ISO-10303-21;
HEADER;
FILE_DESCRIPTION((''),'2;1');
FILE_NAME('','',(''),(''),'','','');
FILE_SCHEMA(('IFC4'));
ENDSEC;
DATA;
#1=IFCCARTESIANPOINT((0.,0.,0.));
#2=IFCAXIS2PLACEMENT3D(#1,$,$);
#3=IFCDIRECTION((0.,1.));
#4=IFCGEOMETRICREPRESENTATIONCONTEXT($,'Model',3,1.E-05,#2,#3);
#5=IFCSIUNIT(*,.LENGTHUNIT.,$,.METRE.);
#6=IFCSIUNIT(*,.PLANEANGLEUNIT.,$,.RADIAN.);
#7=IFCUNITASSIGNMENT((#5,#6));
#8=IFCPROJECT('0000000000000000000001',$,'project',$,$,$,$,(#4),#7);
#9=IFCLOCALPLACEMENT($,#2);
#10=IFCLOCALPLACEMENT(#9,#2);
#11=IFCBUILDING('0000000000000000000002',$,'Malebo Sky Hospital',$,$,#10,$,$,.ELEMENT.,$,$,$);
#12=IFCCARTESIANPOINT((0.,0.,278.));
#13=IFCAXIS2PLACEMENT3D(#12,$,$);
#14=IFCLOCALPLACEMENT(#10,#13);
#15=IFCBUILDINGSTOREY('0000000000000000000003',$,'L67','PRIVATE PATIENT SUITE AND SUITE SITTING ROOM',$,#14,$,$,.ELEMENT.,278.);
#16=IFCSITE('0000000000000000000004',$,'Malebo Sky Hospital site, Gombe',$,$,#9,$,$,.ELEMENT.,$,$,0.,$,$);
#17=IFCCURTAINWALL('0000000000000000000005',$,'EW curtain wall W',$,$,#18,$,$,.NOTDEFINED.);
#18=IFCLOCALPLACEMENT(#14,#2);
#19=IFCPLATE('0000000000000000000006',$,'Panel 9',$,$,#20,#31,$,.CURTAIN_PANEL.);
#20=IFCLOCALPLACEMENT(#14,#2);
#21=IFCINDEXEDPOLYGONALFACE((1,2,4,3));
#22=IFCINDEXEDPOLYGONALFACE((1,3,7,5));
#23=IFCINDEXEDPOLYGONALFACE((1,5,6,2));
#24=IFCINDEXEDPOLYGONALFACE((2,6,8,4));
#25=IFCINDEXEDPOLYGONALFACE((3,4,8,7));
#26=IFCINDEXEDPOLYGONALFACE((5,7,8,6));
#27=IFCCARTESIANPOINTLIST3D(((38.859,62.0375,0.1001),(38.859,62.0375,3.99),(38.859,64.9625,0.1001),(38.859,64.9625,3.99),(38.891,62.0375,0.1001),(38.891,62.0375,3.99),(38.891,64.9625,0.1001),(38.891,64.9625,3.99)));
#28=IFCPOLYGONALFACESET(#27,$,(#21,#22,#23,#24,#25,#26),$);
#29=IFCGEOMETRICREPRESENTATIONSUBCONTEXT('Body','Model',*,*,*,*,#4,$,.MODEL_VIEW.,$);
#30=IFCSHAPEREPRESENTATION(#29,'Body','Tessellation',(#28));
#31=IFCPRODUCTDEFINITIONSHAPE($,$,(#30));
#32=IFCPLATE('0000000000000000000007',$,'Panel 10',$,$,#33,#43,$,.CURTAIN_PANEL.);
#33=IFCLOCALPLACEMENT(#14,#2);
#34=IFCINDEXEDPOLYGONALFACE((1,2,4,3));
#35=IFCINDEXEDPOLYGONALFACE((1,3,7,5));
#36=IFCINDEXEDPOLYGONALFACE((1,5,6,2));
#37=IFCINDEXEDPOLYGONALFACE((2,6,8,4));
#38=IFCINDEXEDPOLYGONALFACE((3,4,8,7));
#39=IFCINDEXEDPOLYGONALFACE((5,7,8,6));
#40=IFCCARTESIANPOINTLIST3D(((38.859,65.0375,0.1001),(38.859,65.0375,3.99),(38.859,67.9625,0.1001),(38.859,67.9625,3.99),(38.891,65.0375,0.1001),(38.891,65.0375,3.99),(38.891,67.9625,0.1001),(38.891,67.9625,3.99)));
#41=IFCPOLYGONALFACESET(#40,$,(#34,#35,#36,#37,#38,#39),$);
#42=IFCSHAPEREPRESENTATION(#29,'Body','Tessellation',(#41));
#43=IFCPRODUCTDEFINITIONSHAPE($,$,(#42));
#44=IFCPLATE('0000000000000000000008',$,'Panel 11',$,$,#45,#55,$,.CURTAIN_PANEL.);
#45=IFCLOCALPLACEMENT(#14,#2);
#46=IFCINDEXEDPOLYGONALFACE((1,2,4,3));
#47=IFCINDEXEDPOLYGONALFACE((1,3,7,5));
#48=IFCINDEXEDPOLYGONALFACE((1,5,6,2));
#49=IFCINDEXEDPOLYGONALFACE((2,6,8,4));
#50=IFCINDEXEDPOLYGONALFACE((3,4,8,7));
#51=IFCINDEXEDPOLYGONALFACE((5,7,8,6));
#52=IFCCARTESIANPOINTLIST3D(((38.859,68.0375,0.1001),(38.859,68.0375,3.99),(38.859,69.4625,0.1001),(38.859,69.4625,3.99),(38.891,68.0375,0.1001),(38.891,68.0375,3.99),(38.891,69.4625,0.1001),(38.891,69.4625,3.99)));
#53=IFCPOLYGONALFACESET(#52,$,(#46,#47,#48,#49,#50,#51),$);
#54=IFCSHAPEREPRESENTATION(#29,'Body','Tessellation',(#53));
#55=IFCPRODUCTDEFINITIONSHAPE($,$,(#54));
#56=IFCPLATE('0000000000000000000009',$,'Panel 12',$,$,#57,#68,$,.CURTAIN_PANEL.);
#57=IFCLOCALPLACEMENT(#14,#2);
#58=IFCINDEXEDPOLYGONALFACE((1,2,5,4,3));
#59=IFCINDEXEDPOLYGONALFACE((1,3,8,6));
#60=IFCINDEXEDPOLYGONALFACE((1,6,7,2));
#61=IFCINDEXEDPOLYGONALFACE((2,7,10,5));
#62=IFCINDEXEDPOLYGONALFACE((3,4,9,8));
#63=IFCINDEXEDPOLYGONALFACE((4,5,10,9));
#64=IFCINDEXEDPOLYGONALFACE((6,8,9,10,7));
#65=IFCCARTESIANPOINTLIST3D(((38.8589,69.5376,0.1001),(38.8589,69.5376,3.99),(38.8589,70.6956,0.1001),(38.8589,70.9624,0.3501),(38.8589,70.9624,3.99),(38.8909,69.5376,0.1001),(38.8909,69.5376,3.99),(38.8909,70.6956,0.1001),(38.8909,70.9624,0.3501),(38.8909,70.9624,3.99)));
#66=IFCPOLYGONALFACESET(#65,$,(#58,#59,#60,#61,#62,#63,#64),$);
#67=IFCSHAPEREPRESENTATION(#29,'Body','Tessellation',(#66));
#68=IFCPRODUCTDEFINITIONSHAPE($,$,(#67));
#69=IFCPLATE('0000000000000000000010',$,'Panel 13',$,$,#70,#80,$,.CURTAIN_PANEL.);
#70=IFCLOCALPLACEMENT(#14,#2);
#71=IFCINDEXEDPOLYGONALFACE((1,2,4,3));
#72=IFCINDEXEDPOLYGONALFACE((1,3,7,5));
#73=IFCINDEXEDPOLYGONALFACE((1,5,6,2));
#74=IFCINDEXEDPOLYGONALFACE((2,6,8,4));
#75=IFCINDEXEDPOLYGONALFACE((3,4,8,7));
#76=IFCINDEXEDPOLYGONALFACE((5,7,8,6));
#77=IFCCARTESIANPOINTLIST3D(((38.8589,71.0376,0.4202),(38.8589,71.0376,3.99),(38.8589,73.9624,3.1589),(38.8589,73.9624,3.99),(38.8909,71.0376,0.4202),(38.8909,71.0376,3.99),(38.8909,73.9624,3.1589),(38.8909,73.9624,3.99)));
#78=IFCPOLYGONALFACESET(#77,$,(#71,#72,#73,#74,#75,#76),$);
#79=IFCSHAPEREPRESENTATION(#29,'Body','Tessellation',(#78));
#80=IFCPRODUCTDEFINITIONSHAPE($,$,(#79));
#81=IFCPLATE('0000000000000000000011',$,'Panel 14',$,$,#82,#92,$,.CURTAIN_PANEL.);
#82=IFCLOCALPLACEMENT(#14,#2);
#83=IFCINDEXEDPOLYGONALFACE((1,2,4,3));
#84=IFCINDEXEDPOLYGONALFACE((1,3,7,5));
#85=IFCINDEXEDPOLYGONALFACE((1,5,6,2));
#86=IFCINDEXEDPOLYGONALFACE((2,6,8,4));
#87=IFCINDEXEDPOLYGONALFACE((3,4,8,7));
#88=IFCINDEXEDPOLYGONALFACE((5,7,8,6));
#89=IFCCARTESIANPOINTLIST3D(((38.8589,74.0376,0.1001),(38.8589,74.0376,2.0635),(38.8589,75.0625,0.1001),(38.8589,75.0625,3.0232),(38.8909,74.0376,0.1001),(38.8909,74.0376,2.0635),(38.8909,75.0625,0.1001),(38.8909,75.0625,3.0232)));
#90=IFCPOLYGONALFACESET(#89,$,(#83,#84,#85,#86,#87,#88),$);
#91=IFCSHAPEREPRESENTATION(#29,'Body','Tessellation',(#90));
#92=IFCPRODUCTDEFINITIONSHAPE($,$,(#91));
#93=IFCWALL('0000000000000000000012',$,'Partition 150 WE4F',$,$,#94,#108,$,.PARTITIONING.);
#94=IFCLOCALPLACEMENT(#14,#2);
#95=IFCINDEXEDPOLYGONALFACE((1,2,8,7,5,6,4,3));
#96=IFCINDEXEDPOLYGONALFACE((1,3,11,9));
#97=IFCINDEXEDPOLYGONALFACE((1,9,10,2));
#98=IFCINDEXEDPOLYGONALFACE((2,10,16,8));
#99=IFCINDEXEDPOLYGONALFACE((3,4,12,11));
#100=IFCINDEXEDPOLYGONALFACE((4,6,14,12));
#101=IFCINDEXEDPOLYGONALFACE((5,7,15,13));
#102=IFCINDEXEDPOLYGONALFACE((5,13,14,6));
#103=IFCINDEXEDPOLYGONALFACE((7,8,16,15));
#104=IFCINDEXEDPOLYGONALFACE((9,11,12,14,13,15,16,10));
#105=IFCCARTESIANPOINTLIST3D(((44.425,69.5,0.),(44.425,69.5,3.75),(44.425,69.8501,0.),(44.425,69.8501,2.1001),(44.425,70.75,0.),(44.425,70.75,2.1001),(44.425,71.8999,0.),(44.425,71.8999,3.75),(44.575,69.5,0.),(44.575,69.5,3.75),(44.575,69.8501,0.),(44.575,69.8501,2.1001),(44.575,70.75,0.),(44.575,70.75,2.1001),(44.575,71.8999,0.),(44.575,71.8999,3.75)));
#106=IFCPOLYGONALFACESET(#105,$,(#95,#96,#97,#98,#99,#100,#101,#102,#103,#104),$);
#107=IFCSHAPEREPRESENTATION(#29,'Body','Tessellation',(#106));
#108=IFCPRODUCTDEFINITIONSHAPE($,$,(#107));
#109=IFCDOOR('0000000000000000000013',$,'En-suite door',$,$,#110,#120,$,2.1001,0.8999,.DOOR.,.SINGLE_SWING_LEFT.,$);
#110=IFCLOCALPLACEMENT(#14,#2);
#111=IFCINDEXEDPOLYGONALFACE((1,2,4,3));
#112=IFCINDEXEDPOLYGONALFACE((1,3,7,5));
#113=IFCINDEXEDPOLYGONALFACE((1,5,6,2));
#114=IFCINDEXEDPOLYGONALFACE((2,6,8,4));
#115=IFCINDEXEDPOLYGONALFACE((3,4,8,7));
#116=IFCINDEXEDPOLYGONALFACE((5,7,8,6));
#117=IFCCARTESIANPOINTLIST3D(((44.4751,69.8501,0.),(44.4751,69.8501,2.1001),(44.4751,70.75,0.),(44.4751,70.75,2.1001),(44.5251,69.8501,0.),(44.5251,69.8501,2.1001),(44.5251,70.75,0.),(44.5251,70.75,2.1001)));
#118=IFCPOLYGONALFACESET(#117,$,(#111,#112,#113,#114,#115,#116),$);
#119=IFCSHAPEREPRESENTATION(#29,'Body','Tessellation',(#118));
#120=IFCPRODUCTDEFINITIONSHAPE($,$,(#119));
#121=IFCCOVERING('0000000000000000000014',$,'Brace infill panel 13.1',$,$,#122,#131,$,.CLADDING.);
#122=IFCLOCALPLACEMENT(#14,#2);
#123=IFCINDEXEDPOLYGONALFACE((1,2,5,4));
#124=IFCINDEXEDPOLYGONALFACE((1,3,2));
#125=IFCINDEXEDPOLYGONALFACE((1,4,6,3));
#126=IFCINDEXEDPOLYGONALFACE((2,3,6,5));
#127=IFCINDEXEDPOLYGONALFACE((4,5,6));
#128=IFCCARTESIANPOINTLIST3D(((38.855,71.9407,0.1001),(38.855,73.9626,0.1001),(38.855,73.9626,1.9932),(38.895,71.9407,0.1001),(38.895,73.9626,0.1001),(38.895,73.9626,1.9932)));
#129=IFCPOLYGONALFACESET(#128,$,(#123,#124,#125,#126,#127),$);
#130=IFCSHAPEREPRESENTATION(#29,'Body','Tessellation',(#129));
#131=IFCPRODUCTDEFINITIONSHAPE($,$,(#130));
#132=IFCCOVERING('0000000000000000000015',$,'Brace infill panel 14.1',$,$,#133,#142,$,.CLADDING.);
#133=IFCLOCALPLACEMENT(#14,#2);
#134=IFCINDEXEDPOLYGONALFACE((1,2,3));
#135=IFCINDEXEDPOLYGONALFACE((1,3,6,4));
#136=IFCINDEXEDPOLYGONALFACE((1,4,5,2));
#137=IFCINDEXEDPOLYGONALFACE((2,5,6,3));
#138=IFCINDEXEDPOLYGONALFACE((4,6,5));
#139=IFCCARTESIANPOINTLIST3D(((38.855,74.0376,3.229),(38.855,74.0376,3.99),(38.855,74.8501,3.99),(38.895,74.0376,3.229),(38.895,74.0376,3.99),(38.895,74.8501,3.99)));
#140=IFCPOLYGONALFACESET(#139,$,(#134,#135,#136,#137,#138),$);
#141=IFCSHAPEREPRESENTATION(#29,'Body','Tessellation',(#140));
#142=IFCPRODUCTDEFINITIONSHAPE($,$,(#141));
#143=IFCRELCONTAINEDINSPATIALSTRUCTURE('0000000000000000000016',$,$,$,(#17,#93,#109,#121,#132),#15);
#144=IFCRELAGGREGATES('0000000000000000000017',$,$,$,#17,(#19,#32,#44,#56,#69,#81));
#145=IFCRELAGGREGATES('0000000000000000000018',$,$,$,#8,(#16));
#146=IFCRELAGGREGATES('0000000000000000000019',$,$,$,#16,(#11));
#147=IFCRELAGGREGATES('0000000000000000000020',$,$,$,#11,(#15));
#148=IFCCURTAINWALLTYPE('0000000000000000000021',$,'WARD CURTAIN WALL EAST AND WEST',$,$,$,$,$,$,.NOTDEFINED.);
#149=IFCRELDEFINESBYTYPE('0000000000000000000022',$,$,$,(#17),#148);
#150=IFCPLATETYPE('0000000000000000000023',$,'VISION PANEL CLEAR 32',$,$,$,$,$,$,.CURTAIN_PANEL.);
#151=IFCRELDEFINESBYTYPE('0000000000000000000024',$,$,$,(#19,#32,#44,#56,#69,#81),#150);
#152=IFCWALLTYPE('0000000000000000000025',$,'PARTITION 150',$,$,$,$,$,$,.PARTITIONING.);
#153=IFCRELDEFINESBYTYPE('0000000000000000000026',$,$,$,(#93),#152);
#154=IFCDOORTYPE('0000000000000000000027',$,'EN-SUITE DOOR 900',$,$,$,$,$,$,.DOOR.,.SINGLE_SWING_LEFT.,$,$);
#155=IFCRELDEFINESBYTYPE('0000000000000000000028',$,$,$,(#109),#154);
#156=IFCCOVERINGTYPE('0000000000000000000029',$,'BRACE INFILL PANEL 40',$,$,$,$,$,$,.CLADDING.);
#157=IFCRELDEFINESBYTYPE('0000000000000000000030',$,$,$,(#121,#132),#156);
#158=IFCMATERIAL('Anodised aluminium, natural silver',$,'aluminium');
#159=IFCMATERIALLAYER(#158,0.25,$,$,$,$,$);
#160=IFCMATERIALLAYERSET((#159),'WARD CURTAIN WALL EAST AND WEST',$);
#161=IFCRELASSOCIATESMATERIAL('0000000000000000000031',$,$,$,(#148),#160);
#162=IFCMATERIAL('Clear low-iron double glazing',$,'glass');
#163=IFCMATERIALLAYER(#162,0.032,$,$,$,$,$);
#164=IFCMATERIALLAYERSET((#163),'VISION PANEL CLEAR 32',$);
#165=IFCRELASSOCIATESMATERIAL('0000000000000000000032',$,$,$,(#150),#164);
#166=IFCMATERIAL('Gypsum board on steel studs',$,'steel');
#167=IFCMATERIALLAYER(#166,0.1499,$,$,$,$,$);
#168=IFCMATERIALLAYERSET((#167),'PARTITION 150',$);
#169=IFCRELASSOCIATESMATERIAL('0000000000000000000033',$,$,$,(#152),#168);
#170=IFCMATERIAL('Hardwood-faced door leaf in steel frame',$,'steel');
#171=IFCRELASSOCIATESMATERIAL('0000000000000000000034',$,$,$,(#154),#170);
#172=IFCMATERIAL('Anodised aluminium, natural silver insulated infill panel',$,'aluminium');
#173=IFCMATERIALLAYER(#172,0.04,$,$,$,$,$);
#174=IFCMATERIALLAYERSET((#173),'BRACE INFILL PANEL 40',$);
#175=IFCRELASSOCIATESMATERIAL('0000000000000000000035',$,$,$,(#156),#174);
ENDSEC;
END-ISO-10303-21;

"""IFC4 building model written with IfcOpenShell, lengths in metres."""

from ifc_helpers import new_model, si_unit, direction, frame, frame_2d, origin, origin_2d, place, context, subcontext, project, spatial, polyline, rectangle, outline, extrude, material, layer, layer_set, type_object, element, fill, aggregate, save


model = new_model("IFC4")

# Units and contexts
model_context = context("Model", 3, precision=1e-05, world=origin(), true_north=direction((0.0, 1.0)))
body_context = subcontext(model_context, "Body", "Model", "MODEL_VIEW")
ifc_project = project(units=[si_unit("LENGTHUNIT", "METRE"), si_unit("PLANEANGLEUNIT", "RADIAN")], contexts=[model_context])

# Site, building, storey
site_placement = place(None, origin())
site = spatial("IfcSite", under=ifc_project, at=site_placement, Name="Malebo Sky Hospital site, Gombe", CompositionType="ELEMENT", RefElevation=0.0)
building_placement = place(site_placement, origin())
building = spatial("IfcBuilding", under=site, at=building_placement, Name="Malebo Sky Hospital", CompositionType="ELEMENT")
storey_placement = place(building_placement, frame((0.0, 0.0, 278.0)))
storey = spatial("IfcBuildingStorey", under=building, at=storey_placement, Name="L67", Description="PRIVATE PATIENT SUITE AND SUITE SITTING ROOM", CompositionType="ELEMENT", Elevation=278.0)

# Curtain wall
ifc_material_1 = material(Name="Anodised aluminium, natural silver", Category="aluminium")
ifc_layer_1 = layer(ifc_material_1, 0.25)
ifc_layer_set_1 = layer_set([ifc_layer_1], Name="WARD CURTAIN WALL EAST AND WEST")
curtain_wall_type = type_object("IfcCurtainWallType", Name="WARD CURTAIN WALL EAST AND WEST", PredefinedType="NOTDEFINED", material=ifc_layer_set_1)
curtain_wall_placement = place(storey_placement, origin())
curtain_wall = element("IfcCurtainWall", 1, at=curtain_wall_placement, inside=storey, type_object=curtain_wall_type, Name="EW curtain wall W", PredefinedType="NOTDEFINED")

# Plates
ifc_material_2 = material(Name="Clear low-iron double glazing", Category="glass")
ifc_layer_2 = layer(ifc_material_2, 0.032)
ifc_layer_set_2 = layer_set([ifc_layer_2], Name="VISION PANEL CLEAR 32")
plate_type = type_object("IfcPlateType", Name="VISION PANEL CLEAR 32", PredefinedType="CURTAIN_PANEL", material=ifc_layer_set_2)
plate_1_placement = place(storey_placement, frame((38.875, 63.5, 0.1001), z_axis=(0.0, 0.0, 1.0), x_axis=(0.0, 1.0, 0.0)))
plate_1 = element("IfcPlate", 2, at=plate_1_placement, type_object=plate_type, Name="Panel 9", PredefinedType="CURTAIN_PANEL", context=body_context, shape_type="SweptSolid", body=[
    extrude(rectangle(XDim=2.925, YDim=0.032, at=origin_2d()), origin(), (0.0, 0.0, 1.0), 3.8899),
])
plate_2_placement = place(storey_placement, frame((38.875, 66.5, 0.1001), z_axis=(0.0, 0.0, 1.0), x_axis=(0.0, 1.0, 0.0)))
plate_2 = element("IfcPlate", 3, at=plate_2_placement, type_object=plate_type, Name="Panel 10", PredefinedType="CURTAIN_PANEL", context=body_context, shape_type="SweptSolid", body=[
    extrude(rectangle(XDim=2.925, YDim=0.032, at=origin_2d()), origin(), (0.0, 0.0, 1.0), 3.8899),
])
plate_3_placement = place(storey_placement, frame((38.875, 68.75, 0.1001), z_axis=(0.0, 0.0, 1.0), x_axis=(0.0, 1.0, 0.0)))
plate_3 = element("IfcPlate", 4, at=plate_3_placement, type_object=plate_type, Name="Panel 11", PredefinedType="CURTAIN_PANEL", context=body_context, shape_type="SweptSolid", body=[
    extrude(rectangle(XDim=1.425, YDim=0.032, at=origin_2d()), origin(), (0.0, 0.0, 1.0), 3.8899),
])
plate_4_placement = place(storey_placement, frame((38.875, 70.25, 0.1001), z_axis=(0.0, 0.0, 1.0), x_axis=(0.0, 1.0, 0.0)))
plate_4 = element("IfcPlate", 5, at=plate_4_placement, type_object=plate_type, Name="Panel 12", PredefinedType="CURTAIN_PANEL", context=body_context, shape_type="SweptSolid", body=[
    extrude(outline(polyline([(-0.7124, 0.0), (0.4456, 0.0), (0.7124, 0.25), (0.7124, 3.8899), (-0.7124, 3.8899), (-0.7124, 0.0)])), frame((0.0, 0.0161, 0.0), z_axis=(0.0, -1.0, 0.0), x_axis=(1.0, 0.0, 0.0)), (0.0, 0.0, 1.0), 0.032),
])
plate_5_placement = place(storey_placement, frame((38.875, 72.5, 0.4202), z_axis=(0.0, 0.0, 1.0), x_axis=(0.0, 1.0, 0.0)))
plate_5 = element("IfcPlate", 6, at=plate_5_placement, type_object=plate_type, Name="Panel 13", PredefinedType="CURTAIN_PANEL", context=body_context, shape_type="SweptSolid", body=[
    extrude(outline(polyline([(-1.4624, 0.0), (1.4624, 2.7388), (1.4624, 3.5698), (-1.4624, 3.5698), (-1.4624, 0.0)])), frame((0.0, 0.0161, 0.0), z_axis=(0.0, -1.0, 0.0), x_axis=(1.0, 0.0, 0.0)), (0.0, 0.0, 1.0), 0.032),
])
plate_6_placement = place(storey_placement, frame((38.875, 74.55, 0.1001), z_axis=(0.0, 0.0, 1.0), x_axis=(0.0, 1.0, 0.0)))
plate_6 = element("IfcPlate", 7, at=plate_6_placement, type_object=plate_type, Name="Panel 14", PredefinedType="CURTAIN_PANEL", context=body_context, shape_type="SweptSolid", body=[
    extrude(outline(polyline([(-0.5125, 0.0), (0.5125, 0.0), (0.5125, 2.9231), (-0.5125, 1.9634), (-0.5125, 0.0)])), frame((0.0, 0.0161, 0.0), z_axis=(0.0, -1.0, 0.0), x_axis=(1.0, 0.0, 0.0)), (0.0, 0.0, 1.0), 0.032),
])
aggregate(curtain_wall, [plate_1, plate_2, plate_3, plate_4, plate_5, plate_6])

# Wall, opening, door
ifc_material_3 = material(Name="Gypsum board on steel studs", Category="steel")
ifc_layer_3 = layer(ifc_material_3, 0.1499)
ifc_layer_set_3 = layer_set([ifc_layer_3], Name="PARTITION 150")
wall_type = type_object("IfcWallType", Name="PARTITION 150", PredefinedType="PARTITIONING", material=ifc_layer_set_3)
wall_placement = place(storey_placement, frame((44.5, 69.5, 0.0), z_axis=(0.0, 0.0, 1.0), x_axis=(0.0, 1.0, 0.0)))
wall = element("IfcWall", 8, at=wall_placement, inside=storey, type_object=wall_type, Name="Partition 150 WE4F", PredefinedType="PARTITIONING", context=body_context, shape_type="SweptSolid", body=[
    extrude(rectangle(XDim=2.3999, YDim=0.1499, at=frame_2d((1.2, 0.0))), origin(), (0.0, 0.0, 1.0), 3.75),
])
opening_placement = place(wall_placement, frame((0.3501, 0.0, 0.0)))
opening = element("IfcOpeningElement", 9, at=opening_placement, cuts=wall, PredefinedType="OPENING", context=body_context, shape_type="SweptSolid", body=[
    extrude(rectangle(XDim=0.8999, YDim=2.1001, at=frame_2d((0.45, 1.05))), frame((0.0, 0.085, 0.0), z_axis=(0.0, -1.0, 0.0), x_axis=(1.0, 0.0, 0.0)), (0.0, 0.0, 1.0), 0.1699),
])
ifc_material_4 = material(Name="Hardwood-faced door leaf in steel frame", Category="steel")
door_type = type_object("IfcDoorType", Name="EN-SUITE DOOR 900", OperationType="SINGLE_SWING_LEFT", PredefinedType="DOOR", material=ifc_material_4)
door_placement = place(opening_placement, origin())
door = element("IfcDoor", 10, at=door_placement, inside=storey, type_object=door_type, Name="En-suite door", OperationType="SINGLE_SWING_LEFT", OverallHeight=2.1001, OverallWidth=0.8999, PredefinedType="DOOR", context=body_context, shape_type="SweptSolid", body=[
    extrude(rectangle(XDim=0.8999, YDim=2.1001, at=frame_2d((0.45, 1.05))), frame((0.0, 0.0249, 0.0), z_axis=(0.0, -1.0, 0.0), x_axis=(1.0, 0.0, 0.0)), (0.0, 0.0, 1.0), 0.05),
])
fill(opening, door)

# Coverings
ifc_material_5 = material(Name="Anodised aluminium, natural silver insulated infill panel", Category="aluminium")
ifc_layer_4 = layer(ifc_material_5, 0.04)
ifc_layer_set_4 = layer_set([ifc_layer_4], Name="BRACE INFILL PANEL 40")
covering_type = type_object("IfcCoveringType", Name="BRACE INFILL PANEL 40", PredefinedType="CLADDING", material=ifc_layer_set_4)
covering_1_placement = place(storey_placement, frame((38.875, 72.9517, 0.1001), z_axis=(0.0, 0.0, 1.0), x_axis=(0.0, 1.0, 0.0)))
element("IfcCovering", 11, at=covering_1_placement, inside=storey, type_object=covering_type, Name="Brace infill panel 13.1", PredefinedType="CLADDING", context=body_context, shape_type="SweptSolid", body=[
    extrude(outline(polyline([(-1.011, 0.0), (1.011, 0.0), (1.011, 1.8931), (-1.011, 0.0)])), frame((0.0, 0.02, 0.0), z_axis=(0.0, -1.0, 0.0), x_axis=(1.0, 0.0, 0.0)), (0.0, 0.0, 1.0), 0.04),
])
covering_2_placement = place(storey_placement, frame((38.875, 74.4438, 3.229), z_axis=(0.0, 0.0, 1.0), x_axis=(0.0, 1.0, 0.0)))
element("IfcCovering", 12, at=covering_2_placement, inside=storey, type_object=covering_type, Name="Brace infill panel 14.1", PredefinedType="CLADDING", context=body_context, shape_type="SweptSolid", body=[
    extrude(outline(polyline([(-0.4062, 0.0), (0.4062, 0.761), (-0.4062, 0.761), (-0.4062, 0.0)])), frame((0.0, 0.02, 0.0), z_axis=(0.0, -1.0, 0.0), x_axis=(1.0, 0.0, 0.0)), (0.0, 0.0, 1.0), 0.04),
])

save(model, "model.ifc")
